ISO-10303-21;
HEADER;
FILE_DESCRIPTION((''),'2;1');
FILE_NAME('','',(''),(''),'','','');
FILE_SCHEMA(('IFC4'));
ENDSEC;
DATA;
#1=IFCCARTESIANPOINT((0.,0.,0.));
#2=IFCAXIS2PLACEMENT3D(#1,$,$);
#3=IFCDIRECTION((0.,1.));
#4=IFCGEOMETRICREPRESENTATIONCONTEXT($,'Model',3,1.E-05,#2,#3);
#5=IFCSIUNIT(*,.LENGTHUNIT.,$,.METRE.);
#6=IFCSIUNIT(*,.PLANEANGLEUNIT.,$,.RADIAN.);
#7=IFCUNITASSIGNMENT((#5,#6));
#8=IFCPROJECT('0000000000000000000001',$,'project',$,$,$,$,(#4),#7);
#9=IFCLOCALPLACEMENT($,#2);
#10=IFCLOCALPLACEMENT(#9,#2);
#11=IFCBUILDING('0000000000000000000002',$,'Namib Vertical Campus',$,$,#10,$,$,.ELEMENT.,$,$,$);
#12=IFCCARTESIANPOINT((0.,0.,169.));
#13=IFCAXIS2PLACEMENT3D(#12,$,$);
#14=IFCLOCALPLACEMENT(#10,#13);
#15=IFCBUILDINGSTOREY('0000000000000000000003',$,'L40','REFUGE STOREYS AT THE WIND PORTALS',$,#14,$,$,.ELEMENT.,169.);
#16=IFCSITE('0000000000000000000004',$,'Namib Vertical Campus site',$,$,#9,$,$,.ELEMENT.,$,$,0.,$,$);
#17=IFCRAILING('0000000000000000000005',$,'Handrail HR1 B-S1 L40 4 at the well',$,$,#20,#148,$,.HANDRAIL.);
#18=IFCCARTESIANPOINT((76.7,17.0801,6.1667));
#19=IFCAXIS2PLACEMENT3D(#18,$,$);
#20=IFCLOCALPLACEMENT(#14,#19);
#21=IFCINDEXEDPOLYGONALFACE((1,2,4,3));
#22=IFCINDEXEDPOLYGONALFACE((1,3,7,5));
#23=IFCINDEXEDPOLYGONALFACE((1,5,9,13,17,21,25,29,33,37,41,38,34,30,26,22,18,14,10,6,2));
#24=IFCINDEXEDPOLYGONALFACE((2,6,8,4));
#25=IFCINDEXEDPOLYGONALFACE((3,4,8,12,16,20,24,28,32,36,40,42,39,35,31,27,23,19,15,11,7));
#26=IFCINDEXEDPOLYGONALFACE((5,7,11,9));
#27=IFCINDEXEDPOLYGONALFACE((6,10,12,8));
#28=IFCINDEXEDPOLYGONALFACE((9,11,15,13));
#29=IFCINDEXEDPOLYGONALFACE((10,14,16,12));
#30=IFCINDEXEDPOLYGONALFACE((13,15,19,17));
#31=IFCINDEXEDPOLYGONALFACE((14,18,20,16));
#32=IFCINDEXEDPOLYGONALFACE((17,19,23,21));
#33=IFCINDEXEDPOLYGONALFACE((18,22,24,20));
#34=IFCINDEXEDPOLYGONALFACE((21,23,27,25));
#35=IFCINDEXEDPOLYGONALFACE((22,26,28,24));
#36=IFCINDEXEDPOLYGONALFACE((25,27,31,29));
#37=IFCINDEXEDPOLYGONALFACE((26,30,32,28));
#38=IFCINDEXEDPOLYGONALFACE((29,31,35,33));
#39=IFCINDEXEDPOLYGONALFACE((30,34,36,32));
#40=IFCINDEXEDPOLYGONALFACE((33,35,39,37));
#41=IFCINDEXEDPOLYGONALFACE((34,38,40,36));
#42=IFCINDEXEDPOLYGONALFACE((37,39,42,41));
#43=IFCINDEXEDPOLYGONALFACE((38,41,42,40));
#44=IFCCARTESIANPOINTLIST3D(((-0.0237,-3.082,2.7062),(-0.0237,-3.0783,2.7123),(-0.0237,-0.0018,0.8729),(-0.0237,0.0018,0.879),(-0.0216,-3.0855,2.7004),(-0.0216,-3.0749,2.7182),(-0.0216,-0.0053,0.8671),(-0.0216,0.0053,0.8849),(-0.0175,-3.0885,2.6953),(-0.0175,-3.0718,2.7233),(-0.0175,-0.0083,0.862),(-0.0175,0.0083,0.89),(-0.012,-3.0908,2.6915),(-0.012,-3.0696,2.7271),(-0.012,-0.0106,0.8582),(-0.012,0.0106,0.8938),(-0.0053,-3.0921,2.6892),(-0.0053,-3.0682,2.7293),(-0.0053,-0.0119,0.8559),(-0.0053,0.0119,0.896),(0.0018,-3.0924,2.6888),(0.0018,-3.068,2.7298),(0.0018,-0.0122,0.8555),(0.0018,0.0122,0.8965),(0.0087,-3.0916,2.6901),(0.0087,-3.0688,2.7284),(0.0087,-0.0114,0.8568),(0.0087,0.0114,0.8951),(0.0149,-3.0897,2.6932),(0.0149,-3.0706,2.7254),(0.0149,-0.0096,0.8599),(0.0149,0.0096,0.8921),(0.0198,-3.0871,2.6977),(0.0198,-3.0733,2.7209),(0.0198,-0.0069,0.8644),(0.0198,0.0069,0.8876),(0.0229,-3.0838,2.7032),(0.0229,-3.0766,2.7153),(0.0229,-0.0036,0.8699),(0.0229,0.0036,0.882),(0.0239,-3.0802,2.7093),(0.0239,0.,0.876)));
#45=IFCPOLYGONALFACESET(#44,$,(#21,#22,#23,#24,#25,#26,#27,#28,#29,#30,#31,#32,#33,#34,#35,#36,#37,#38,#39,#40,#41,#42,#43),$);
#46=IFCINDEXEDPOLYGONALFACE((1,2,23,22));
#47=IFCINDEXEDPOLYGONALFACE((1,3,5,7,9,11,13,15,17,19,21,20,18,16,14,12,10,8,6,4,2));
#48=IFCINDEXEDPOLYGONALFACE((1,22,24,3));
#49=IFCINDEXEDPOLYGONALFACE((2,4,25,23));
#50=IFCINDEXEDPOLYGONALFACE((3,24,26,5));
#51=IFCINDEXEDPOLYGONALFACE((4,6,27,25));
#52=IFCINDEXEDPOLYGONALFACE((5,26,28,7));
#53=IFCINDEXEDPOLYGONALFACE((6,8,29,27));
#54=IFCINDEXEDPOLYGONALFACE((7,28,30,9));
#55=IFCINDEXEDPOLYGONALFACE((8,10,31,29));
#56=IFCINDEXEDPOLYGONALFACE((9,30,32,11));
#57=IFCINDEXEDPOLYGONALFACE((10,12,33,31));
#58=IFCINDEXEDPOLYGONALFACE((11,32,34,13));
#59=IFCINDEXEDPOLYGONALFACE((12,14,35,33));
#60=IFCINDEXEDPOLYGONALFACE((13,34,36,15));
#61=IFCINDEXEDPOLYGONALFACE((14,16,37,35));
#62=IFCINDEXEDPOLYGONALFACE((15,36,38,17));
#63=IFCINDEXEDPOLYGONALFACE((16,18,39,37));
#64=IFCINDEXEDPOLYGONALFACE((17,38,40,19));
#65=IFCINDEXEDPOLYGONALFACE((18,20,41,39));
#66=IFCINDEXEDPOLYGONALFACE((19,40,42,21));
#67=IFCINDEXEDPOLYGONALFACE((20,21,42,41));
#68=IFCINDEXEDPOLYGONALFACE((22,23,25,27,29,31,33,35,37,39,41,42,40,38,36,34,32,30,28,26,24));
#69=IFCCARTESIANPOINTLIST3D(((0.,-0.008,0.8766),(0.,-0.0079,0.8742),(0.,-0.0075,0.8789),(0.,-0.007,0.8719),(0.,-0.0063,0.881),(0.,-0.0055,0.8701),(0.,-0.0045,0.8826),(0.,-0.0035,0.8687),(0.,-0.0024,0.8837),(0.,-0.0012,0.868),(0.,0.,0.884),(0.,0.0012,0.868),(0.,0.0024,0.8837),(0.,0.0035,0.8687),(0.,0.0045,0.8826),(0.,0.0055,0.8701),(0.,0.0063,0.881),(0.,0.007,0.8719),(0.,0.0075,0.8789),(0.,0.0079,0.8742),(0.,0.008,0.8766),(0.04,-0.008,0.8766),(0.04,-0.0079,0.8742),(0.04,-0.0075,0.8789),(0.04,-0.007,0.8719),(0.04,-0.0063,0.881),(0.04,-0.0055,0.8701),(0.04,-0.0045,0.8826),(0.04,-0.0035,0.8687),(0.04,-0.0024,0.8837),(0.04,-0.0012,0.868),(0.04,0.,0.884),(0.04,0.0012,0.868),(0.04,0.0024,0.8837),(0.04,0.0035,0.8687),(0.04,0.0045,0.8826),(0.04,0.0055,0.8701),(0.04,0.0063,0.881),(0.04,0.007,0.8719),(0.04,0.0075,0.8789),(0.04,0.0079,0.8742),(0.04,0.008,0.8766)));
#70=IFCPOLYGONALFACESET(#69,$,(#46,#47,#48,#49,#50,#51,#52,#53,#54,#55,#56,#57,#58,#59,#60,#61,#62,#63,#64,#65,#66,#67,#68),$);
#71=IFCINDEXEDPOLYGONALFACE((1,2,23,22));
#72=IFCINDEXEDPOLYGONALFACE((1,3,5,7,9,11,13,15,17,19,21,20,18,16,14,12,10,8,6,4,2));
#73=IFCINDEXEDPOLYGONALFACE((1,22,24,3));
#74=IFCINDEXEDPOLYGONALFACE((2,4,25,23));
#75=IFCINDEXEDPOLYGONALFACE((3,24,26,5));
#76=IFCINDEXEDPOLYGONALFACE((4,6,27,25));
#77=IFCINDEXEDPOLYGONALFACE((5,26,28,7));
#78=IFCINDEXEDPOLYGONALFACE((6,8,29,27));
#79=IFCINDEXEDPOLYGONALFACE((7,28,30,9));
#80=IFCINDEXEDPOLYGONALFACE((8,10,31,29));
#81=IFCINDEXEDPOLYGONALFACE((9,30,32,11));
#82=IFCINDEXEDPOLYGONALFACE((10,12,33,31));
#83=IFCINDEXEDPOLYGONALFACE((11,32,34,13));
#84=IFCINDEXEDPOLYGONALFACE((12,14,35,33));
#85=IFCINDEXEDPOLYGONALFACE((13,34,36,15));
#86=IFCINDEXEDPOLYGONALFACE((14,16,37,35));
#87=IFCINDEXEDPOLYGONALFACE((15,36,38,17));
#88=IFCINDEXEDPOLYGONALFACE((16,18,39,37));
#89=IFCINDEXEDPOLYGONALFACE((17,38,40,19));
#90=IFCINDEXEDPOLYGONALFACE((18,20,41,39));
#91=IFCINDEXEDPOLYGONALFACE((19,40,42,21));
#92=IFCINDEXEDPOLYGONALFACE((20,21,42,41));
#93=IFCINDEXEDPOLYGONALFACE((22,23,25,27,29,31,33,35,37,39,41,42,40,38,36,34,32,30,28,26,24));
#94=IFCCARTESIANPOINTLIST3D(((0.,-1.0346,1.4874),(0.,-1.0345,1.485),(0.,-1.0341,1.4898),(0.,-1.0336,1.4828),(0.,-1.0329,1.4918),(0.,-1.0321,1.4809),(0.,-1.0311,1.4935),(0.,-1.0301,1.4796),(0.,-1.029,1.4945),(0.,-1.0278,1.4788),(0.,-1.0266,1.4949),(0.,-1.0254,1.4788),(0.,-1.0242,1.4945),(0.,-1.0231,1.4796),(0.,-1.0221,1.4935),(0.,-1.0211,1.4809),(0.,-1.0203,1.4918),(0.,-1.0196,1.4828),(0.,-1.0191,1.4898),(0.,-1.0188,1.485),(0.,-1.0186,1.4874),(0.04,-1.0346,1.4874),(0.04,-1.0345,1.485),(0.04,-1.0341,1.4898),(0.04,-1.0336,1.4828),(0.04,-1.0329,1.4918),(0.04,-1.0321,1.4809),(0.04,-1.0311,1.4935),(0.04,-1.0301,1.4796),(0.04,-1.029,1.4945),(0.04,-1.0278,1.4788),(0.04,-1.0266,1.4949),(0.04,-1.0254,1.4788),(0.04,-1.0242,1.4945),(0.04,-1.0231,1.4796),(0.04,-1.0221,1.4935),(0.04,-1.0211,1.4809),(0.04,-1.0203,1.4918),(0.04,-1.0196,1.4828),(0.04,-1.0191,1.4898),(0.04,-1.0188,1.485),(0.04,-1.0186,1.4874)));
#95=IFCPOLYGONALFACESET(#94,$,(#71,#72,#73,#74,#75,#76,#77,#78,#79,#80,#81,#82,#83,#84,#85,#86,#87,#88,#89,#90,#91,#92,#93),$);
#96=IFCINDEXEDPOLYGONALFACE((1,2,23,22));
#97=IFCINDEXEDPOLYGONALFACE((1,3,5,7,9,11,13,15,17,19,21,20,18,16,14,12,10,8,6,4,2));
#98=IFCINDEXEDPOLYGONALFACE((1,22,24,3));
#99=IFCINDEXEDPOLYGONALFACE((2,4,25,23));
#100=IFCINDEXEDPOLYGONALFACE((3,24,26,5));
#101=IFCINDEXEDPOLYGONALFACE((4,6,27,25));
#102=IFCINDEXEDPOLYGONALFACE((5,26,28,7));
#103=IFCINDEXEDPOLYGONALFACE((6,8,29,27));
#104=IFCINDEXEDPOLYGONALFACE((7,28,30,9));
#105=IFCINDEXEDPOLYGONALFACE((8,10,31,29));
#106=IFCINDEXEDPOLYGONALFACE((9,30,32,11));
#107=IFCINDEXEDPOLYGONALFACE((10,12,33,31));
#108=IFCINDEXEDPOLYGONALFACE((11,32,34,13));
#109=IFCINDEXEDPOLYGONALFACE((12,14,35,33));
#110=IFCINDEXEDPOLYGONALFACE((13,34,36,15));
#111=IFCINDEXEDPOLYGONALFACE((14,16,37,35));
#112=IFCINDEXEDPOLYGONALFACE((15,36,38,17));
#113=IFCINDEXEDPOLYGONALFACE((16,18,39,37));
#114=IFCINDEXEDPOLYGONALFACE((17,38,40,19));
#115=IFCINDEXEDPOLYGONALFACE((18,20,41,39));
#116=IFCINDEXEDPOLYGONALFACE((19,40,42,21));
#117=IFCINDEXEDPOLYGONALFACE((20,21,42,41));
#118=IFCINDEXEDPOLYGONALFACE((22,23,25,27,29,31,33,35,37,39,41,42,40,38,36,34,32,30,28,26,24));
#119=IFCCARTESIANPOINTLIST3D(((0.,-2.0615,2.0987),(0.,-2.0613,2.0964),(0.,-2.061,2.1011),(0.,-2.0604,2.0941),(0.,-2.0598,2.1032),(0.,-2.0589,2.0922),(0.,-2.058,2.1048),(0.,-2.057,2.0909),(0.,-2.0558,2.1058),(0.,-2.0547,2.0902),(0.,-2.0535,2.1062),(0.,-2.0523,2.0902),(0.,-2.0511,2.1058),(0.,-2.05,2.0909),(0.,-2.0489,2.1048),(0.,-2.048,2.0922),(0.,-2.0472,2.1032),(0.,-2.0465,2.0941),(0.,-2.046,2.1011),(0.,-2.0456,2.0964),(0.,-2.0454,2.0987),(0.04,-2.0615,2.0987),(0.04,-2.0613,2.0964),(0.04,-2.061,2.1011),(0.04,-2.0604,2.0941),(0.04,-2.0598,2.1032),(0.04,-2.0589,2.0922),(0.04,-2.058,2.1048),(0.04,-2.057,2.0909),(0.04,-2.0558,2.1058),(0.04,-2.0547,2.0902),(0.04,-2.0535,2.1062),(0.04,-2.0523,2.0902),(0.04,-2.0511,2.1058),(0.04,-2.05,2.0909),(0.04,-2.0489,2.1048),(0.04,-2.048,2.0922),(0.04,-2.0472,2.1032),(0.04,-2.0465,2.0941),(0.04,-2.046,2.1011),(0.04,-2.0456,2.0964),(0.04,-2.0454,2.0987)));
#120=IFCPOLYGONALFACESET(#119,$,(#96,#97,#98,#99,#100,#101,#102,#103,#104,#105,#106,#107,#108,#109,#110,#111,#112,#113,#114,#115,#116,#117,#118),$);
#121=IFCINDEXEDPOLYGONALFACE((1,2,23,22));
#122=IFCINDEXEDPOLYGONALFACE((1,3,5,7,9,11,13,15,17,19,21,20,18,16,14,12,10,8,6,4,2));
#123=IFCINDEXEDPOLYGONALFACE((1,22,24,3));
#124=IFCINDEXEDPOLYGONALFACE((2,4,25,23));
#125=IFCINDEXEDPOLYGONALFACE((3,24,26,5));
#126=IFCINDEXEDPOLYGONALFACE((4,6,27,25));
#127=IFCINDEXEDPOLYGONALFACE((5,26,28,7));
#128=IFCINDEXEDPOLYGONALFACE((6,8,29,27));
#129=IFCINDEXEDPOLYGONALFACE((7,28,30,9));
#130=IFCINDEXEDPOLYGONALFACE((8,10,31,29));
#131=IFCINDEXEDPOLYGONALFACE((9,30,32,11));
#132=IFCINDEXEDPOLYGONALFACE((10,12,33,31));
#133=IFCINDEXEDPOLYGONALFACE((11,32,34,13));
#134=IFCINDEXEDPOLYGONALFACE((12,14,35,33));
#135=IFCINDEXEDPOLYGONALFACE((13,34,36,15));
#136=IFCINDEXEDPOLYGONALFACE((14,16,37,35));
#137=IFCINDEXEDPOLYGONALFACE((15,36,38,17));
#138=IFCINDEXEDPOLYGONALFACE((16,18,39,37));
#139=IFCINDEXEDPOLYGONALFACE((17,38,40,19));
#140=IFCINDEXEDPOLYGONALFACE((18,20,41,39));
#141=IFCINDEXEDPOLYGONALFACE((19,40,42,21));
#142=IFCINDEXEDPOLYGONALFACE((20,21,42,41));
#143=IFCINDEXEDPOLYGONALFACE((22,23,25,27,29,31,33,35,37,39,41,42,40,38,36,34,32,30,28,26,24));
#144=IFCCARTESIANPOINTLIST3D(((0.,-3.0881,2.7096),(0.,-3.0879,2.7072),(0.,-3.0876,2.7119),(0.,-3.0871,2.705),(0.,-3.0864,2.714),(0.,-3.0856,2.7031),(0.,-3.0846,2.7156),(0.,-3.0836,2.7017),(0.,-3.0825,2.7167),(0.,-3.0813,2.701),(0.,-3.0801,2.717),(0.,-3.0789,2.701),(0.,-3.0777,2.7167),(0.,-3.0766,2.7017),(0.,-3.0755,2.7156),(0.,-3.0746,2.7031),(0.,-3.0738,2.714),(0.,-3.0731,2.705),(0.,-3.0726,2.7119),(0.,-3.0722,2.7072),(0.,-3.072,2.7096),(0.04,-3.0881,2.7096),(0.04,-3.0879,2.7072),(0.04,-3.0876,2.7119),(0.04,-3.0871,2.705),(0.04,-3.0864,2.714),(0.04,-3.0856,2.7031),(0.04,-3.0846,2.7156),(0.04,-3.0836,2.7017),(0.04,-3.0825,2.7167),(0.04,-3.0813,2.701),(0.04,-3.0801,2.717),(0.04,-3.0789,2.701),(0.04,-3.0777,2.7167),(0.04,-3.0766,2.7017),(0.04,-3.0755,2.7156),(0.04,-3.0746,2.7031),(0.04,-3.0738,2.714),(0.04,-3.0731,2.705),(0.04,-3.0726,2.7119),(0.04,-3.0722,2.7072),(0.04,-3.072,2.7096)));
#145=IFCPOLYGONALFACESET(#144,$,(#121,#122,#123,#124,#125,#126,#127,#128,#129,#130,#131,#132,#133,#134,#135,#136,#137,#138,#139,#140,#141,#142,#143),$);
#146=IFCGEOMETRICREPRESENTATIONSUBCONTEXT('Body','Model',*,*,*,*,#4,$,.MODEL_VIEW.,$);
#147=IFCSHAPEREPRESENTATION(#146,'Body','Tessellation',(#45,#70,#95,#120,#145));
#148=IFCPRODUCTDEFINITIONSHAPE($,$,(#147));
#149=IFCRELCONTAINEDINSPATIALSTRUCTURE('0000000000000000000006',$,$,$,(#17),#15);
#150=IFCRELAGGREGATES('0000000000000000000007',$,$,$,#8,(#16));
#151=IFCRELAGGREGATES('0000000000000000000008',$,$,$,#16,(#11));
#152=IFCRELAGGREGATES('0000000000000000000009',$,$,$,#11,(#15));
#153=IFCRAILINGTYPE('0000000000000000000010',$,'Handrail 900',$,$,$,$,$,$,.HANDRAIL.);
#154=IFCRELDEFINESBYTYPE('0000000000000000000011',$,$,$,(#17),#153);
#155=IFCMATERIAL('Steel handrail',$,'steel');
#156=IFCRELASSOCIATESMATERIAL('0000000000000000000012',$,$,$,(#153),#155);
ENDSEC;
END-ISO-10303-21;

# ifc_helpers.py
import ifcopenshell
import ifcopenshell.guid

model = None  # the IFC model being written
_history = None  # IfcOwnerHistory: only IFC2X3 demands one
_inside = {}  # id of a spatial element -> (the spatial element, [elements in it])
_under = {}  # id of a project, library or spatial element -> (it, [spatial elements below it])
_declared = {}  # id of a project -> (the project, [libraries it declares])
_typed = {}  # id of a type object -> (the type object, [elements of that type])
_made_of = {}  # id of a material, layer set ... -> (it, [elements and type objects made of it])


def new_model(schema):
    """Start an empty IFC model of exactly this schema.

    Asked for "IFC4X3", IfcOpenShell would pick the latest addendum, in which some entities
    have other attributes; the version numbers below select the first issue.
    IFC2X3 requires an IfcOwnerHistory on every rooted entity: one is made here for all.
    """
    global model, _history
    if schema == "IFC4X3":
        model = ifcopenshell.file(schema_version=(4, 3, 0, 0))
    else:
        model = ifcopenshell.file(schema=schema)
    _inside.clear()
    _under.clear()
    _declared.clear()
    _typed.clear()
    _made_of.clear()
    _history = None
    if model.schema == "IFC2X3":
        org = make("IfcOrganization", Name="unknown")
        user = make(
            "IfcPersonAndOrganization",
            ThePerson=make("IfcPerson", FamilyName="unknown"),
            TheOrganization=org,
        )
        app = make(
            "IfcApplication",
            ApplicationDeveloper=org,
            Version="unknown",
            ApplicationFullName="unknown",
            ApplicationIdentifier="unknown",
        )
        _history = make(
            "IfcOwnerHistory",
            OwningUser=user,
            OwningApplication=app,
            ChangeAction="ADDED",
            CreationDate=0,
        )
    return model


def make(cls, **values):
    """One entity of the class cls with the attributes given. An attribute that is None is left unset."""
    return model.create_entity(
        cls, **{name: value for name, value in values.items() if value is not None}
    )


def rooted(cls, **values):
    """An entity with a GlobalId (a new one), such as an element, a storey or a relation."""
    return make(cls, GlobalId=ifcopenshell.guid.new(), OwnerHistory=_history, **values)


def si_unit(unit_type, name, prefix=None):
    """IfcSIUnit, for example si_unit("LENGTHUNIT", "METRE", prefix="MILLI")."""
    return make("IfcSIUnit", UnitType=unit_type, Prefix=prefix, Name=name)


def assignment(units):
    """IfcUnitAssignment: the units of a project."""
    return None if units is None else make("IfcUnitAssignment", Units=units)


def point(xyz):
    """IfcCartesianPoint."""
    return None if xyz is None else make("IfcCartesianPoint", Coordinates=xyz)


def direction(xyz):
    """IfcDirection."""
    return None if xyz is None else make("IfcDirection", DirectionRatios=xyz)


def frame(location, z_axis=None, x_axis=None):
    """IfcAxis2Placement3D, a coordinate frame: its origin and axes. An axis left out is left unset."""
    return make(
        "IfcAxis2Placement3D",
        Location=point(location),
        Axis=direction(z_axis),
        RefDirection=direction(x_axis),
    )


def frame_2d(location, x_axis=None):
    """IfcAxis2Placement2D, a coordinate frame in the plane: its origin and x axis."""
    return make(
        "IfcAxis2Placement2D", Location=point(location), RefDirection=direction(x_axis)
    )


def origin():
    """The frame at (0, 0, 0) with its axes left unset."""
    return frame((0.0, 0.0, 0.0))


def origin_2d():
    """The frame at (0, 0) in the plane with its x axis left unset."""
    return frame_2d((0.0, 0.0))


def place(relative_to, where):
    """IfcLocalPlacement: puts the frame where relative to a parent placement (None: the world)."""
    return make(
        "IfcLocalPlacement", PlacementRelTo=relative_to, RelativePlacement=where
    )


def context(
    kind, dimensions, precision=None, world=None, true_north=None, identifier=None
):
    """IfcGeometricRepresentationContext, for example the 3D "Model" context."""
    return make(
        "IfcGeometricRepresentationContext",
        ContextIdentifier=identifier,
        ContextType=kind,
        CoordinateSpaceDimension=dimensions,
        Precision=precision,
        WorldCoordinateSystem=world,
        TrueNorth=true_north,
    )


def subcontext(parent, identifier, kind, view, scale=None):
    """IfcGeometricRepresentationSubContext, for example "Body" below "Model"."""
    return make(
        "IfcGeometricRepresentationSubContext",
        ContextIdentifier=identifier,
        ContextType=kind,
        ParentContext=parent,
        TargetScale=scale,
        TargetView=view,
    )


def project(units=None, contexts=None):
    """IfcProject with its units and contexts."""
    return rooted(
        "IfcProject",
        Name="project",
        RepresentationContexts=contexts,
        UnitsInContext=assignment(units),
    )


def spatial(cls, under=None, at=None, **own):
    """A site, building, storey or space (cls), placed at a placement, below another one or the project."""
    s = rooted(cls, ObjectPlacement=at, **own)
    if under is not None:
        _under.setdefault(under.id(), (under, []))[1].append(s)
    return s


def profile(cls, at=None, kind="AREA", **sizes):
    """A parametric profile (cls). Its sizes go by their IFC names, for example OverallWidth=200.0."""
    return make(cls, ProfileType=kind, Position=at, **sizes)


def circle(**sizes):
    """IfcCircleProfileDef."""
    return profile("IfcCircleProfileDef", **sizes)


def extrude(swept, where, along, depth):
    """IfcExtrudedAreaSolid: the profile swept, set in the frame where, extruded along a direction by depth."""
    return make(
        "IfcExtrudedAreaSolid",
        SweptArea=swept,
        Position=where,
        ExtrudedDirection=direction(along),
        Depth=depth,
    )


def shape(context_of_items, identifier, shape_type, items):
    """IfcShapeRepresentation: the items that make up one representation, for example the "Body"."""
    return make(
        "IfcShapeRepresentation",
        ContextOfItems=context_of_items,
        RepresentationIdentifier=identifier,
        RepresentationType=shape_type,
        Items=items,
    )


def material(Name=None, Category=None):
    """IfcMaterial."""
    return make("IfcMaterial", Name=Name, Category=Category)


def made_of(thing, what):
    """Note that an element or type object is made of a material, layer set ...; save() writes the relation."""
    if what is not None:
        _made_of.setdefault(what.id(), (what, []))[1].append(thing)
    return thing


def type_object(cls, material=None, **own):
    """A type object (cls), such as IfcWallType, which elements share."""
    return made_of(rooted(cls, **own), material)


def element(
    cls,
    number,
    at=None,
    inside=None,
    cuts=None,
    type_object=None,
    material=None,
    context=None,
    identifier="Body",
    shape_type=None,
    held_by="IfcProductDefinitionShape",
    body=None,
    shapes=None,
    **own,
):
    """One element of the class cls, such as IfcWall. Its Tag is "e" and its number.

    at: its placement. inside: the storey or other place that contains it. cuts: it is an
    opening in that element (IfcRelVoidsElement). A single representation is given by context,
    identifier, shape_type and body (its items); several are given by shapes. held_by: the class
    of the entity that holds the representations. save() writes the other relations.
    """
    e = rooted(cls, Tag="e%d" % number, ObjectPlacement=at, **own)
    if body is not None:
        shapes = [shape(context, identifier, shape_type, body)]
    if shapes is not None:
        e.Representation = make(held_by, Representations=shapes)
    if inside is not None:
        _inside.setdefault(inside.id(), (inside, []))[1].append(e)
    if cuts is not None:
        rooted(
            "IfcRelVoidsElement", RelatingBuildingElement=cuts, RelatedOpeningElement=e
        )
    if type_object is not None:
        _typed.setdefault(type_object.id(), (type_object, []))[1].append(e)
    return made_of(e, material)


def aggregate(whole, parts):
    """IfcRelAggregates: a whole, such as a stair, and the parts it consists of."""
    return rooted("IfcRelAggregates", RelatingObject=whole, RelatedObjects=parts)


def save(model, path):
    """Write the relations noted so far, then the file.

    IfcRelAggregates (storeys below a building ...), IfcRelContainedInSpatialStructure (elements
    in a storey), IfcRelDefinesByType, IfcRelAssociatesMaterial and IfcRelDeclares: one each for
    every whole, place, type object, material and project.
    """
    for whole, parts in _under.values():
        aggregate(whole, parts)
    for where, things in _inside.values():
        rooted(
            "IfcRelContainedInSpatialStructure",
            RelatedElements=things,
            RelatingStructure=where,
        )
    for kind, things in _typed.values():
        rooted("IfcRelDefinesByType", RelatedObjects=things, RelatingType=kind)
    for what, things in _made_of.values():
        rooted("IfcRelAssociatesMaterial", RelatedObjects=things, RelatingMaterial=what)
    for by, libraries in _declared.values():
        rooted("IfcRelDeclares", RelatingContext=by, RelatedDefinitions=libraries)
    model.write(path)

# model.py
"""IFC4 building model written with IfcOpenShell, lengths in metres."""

from ifc_helpers import new_model, si_unit, direction, frame, origin, origin_2d, place, context, subcontext, project, spatial, circle, extrude, material, type_object, element, save


model = new_model("IFC4")

# Units and contexts
model_context = context("Model", 3, precision=1e-05, world=origin(), true_north=direction((0.0, 1.0)))
body_context = subcontext(model_context, "Body", "Model", "MODEL_VIEW")
ifc_project = project(units=[si_unit("LENGTHUNIT", "METRE"), si_unit("PLANEANGLEUNIT", "RADIAN")], contexts=[model_context])

# Site, building, storey
site_placement = place(None, origin())
site = spatial("IfcSite", under=ifc_project, at=site_placement, Name="Namib Vertical Campus site", CompositionType="ELEMENT", RefElevation=0.0)
building_placement = place(site_placement, origin())
building = spatial("IfcBuilding", under=site, at=building_placement, Name="Namib Vertical Campus", CompositionType="ELEMENT")
storey_placement = place(building_placement, frame((0.0, 0.0, 169.0)))
storey = spatial("IfcBuildingStorey", under=building, at=storey_placement, Name="L40", Description="REFUGE STOREYS AT THE WIND PORTALS", CompositionType="ELEMENT", Elevation=169.0)

# Railing
ifc_material_1 = material(Name="Steel handrail", Category="steel")
railing_type_1 = type_object("IfcRailingType", Name="Handrail 900", PredefinedType="HANDRAIL", material=ifc_material_1)
railing_1_placement = place(storey_placement, frame((76.7, 17.0801, 6.1667)))
element("IfcRailing", 1, at=railing_1_placement, inside=storey, type_object=railing_type_1, Name="Handrail HR1 B-S1 L40 4 at the well", PredefinedType="HANDRAIL", context=body_context, shape_type="SweptSolid", body=[
    extrude(circle(Radius=0.0239, at=origin_2d()), frame((0.0, 0.0, 0.876), z_axis=(0.0, -0.859309, 0.511458), x_axis=(1.0, 0.0, 0.0)), (0.0, 0.0, 1.0), 3.5845),
    extrude(circle(Radius=0.0081, at=origin_2d()), frame((0.0, 0.0, 0.876), z_axis=(1.0, 0.0, 0.0), x_axis=(0.0, 0.0, 1.0)), (0.0, 0.0, 1.0), 0.04),
    extrude(circle(Radius=0.0081, at=origin_2d()), frame((0.0, -1.0266, 1.4868), z_axis=(1.0, 0.0, 0.0), x_axis=(0.0, 0.0, 1.0)), (0.0, 0.0, 1.0), 0.04),
    extrude(circle(Radius=0.0081, at=origin_2d()), frame((0.0, -2.0535, 2.0981), z_axis=(1.0, 0.0, 0.0), x_axis=(0.0, 0.0, 1.0)), (0.0, 0.0, 1.0), 0.04),
    extrude(circle(Radius=0.0081, at=origin_2d()), frame((0.0, -3.0801, 2.709), z_axis=(1.0, 0.0, 0.0), x_axis=(0.0, 0.0, 1.0)), (0.0, 0.0, 1.0), 0.04),
])

save(model, "model.ifc")
